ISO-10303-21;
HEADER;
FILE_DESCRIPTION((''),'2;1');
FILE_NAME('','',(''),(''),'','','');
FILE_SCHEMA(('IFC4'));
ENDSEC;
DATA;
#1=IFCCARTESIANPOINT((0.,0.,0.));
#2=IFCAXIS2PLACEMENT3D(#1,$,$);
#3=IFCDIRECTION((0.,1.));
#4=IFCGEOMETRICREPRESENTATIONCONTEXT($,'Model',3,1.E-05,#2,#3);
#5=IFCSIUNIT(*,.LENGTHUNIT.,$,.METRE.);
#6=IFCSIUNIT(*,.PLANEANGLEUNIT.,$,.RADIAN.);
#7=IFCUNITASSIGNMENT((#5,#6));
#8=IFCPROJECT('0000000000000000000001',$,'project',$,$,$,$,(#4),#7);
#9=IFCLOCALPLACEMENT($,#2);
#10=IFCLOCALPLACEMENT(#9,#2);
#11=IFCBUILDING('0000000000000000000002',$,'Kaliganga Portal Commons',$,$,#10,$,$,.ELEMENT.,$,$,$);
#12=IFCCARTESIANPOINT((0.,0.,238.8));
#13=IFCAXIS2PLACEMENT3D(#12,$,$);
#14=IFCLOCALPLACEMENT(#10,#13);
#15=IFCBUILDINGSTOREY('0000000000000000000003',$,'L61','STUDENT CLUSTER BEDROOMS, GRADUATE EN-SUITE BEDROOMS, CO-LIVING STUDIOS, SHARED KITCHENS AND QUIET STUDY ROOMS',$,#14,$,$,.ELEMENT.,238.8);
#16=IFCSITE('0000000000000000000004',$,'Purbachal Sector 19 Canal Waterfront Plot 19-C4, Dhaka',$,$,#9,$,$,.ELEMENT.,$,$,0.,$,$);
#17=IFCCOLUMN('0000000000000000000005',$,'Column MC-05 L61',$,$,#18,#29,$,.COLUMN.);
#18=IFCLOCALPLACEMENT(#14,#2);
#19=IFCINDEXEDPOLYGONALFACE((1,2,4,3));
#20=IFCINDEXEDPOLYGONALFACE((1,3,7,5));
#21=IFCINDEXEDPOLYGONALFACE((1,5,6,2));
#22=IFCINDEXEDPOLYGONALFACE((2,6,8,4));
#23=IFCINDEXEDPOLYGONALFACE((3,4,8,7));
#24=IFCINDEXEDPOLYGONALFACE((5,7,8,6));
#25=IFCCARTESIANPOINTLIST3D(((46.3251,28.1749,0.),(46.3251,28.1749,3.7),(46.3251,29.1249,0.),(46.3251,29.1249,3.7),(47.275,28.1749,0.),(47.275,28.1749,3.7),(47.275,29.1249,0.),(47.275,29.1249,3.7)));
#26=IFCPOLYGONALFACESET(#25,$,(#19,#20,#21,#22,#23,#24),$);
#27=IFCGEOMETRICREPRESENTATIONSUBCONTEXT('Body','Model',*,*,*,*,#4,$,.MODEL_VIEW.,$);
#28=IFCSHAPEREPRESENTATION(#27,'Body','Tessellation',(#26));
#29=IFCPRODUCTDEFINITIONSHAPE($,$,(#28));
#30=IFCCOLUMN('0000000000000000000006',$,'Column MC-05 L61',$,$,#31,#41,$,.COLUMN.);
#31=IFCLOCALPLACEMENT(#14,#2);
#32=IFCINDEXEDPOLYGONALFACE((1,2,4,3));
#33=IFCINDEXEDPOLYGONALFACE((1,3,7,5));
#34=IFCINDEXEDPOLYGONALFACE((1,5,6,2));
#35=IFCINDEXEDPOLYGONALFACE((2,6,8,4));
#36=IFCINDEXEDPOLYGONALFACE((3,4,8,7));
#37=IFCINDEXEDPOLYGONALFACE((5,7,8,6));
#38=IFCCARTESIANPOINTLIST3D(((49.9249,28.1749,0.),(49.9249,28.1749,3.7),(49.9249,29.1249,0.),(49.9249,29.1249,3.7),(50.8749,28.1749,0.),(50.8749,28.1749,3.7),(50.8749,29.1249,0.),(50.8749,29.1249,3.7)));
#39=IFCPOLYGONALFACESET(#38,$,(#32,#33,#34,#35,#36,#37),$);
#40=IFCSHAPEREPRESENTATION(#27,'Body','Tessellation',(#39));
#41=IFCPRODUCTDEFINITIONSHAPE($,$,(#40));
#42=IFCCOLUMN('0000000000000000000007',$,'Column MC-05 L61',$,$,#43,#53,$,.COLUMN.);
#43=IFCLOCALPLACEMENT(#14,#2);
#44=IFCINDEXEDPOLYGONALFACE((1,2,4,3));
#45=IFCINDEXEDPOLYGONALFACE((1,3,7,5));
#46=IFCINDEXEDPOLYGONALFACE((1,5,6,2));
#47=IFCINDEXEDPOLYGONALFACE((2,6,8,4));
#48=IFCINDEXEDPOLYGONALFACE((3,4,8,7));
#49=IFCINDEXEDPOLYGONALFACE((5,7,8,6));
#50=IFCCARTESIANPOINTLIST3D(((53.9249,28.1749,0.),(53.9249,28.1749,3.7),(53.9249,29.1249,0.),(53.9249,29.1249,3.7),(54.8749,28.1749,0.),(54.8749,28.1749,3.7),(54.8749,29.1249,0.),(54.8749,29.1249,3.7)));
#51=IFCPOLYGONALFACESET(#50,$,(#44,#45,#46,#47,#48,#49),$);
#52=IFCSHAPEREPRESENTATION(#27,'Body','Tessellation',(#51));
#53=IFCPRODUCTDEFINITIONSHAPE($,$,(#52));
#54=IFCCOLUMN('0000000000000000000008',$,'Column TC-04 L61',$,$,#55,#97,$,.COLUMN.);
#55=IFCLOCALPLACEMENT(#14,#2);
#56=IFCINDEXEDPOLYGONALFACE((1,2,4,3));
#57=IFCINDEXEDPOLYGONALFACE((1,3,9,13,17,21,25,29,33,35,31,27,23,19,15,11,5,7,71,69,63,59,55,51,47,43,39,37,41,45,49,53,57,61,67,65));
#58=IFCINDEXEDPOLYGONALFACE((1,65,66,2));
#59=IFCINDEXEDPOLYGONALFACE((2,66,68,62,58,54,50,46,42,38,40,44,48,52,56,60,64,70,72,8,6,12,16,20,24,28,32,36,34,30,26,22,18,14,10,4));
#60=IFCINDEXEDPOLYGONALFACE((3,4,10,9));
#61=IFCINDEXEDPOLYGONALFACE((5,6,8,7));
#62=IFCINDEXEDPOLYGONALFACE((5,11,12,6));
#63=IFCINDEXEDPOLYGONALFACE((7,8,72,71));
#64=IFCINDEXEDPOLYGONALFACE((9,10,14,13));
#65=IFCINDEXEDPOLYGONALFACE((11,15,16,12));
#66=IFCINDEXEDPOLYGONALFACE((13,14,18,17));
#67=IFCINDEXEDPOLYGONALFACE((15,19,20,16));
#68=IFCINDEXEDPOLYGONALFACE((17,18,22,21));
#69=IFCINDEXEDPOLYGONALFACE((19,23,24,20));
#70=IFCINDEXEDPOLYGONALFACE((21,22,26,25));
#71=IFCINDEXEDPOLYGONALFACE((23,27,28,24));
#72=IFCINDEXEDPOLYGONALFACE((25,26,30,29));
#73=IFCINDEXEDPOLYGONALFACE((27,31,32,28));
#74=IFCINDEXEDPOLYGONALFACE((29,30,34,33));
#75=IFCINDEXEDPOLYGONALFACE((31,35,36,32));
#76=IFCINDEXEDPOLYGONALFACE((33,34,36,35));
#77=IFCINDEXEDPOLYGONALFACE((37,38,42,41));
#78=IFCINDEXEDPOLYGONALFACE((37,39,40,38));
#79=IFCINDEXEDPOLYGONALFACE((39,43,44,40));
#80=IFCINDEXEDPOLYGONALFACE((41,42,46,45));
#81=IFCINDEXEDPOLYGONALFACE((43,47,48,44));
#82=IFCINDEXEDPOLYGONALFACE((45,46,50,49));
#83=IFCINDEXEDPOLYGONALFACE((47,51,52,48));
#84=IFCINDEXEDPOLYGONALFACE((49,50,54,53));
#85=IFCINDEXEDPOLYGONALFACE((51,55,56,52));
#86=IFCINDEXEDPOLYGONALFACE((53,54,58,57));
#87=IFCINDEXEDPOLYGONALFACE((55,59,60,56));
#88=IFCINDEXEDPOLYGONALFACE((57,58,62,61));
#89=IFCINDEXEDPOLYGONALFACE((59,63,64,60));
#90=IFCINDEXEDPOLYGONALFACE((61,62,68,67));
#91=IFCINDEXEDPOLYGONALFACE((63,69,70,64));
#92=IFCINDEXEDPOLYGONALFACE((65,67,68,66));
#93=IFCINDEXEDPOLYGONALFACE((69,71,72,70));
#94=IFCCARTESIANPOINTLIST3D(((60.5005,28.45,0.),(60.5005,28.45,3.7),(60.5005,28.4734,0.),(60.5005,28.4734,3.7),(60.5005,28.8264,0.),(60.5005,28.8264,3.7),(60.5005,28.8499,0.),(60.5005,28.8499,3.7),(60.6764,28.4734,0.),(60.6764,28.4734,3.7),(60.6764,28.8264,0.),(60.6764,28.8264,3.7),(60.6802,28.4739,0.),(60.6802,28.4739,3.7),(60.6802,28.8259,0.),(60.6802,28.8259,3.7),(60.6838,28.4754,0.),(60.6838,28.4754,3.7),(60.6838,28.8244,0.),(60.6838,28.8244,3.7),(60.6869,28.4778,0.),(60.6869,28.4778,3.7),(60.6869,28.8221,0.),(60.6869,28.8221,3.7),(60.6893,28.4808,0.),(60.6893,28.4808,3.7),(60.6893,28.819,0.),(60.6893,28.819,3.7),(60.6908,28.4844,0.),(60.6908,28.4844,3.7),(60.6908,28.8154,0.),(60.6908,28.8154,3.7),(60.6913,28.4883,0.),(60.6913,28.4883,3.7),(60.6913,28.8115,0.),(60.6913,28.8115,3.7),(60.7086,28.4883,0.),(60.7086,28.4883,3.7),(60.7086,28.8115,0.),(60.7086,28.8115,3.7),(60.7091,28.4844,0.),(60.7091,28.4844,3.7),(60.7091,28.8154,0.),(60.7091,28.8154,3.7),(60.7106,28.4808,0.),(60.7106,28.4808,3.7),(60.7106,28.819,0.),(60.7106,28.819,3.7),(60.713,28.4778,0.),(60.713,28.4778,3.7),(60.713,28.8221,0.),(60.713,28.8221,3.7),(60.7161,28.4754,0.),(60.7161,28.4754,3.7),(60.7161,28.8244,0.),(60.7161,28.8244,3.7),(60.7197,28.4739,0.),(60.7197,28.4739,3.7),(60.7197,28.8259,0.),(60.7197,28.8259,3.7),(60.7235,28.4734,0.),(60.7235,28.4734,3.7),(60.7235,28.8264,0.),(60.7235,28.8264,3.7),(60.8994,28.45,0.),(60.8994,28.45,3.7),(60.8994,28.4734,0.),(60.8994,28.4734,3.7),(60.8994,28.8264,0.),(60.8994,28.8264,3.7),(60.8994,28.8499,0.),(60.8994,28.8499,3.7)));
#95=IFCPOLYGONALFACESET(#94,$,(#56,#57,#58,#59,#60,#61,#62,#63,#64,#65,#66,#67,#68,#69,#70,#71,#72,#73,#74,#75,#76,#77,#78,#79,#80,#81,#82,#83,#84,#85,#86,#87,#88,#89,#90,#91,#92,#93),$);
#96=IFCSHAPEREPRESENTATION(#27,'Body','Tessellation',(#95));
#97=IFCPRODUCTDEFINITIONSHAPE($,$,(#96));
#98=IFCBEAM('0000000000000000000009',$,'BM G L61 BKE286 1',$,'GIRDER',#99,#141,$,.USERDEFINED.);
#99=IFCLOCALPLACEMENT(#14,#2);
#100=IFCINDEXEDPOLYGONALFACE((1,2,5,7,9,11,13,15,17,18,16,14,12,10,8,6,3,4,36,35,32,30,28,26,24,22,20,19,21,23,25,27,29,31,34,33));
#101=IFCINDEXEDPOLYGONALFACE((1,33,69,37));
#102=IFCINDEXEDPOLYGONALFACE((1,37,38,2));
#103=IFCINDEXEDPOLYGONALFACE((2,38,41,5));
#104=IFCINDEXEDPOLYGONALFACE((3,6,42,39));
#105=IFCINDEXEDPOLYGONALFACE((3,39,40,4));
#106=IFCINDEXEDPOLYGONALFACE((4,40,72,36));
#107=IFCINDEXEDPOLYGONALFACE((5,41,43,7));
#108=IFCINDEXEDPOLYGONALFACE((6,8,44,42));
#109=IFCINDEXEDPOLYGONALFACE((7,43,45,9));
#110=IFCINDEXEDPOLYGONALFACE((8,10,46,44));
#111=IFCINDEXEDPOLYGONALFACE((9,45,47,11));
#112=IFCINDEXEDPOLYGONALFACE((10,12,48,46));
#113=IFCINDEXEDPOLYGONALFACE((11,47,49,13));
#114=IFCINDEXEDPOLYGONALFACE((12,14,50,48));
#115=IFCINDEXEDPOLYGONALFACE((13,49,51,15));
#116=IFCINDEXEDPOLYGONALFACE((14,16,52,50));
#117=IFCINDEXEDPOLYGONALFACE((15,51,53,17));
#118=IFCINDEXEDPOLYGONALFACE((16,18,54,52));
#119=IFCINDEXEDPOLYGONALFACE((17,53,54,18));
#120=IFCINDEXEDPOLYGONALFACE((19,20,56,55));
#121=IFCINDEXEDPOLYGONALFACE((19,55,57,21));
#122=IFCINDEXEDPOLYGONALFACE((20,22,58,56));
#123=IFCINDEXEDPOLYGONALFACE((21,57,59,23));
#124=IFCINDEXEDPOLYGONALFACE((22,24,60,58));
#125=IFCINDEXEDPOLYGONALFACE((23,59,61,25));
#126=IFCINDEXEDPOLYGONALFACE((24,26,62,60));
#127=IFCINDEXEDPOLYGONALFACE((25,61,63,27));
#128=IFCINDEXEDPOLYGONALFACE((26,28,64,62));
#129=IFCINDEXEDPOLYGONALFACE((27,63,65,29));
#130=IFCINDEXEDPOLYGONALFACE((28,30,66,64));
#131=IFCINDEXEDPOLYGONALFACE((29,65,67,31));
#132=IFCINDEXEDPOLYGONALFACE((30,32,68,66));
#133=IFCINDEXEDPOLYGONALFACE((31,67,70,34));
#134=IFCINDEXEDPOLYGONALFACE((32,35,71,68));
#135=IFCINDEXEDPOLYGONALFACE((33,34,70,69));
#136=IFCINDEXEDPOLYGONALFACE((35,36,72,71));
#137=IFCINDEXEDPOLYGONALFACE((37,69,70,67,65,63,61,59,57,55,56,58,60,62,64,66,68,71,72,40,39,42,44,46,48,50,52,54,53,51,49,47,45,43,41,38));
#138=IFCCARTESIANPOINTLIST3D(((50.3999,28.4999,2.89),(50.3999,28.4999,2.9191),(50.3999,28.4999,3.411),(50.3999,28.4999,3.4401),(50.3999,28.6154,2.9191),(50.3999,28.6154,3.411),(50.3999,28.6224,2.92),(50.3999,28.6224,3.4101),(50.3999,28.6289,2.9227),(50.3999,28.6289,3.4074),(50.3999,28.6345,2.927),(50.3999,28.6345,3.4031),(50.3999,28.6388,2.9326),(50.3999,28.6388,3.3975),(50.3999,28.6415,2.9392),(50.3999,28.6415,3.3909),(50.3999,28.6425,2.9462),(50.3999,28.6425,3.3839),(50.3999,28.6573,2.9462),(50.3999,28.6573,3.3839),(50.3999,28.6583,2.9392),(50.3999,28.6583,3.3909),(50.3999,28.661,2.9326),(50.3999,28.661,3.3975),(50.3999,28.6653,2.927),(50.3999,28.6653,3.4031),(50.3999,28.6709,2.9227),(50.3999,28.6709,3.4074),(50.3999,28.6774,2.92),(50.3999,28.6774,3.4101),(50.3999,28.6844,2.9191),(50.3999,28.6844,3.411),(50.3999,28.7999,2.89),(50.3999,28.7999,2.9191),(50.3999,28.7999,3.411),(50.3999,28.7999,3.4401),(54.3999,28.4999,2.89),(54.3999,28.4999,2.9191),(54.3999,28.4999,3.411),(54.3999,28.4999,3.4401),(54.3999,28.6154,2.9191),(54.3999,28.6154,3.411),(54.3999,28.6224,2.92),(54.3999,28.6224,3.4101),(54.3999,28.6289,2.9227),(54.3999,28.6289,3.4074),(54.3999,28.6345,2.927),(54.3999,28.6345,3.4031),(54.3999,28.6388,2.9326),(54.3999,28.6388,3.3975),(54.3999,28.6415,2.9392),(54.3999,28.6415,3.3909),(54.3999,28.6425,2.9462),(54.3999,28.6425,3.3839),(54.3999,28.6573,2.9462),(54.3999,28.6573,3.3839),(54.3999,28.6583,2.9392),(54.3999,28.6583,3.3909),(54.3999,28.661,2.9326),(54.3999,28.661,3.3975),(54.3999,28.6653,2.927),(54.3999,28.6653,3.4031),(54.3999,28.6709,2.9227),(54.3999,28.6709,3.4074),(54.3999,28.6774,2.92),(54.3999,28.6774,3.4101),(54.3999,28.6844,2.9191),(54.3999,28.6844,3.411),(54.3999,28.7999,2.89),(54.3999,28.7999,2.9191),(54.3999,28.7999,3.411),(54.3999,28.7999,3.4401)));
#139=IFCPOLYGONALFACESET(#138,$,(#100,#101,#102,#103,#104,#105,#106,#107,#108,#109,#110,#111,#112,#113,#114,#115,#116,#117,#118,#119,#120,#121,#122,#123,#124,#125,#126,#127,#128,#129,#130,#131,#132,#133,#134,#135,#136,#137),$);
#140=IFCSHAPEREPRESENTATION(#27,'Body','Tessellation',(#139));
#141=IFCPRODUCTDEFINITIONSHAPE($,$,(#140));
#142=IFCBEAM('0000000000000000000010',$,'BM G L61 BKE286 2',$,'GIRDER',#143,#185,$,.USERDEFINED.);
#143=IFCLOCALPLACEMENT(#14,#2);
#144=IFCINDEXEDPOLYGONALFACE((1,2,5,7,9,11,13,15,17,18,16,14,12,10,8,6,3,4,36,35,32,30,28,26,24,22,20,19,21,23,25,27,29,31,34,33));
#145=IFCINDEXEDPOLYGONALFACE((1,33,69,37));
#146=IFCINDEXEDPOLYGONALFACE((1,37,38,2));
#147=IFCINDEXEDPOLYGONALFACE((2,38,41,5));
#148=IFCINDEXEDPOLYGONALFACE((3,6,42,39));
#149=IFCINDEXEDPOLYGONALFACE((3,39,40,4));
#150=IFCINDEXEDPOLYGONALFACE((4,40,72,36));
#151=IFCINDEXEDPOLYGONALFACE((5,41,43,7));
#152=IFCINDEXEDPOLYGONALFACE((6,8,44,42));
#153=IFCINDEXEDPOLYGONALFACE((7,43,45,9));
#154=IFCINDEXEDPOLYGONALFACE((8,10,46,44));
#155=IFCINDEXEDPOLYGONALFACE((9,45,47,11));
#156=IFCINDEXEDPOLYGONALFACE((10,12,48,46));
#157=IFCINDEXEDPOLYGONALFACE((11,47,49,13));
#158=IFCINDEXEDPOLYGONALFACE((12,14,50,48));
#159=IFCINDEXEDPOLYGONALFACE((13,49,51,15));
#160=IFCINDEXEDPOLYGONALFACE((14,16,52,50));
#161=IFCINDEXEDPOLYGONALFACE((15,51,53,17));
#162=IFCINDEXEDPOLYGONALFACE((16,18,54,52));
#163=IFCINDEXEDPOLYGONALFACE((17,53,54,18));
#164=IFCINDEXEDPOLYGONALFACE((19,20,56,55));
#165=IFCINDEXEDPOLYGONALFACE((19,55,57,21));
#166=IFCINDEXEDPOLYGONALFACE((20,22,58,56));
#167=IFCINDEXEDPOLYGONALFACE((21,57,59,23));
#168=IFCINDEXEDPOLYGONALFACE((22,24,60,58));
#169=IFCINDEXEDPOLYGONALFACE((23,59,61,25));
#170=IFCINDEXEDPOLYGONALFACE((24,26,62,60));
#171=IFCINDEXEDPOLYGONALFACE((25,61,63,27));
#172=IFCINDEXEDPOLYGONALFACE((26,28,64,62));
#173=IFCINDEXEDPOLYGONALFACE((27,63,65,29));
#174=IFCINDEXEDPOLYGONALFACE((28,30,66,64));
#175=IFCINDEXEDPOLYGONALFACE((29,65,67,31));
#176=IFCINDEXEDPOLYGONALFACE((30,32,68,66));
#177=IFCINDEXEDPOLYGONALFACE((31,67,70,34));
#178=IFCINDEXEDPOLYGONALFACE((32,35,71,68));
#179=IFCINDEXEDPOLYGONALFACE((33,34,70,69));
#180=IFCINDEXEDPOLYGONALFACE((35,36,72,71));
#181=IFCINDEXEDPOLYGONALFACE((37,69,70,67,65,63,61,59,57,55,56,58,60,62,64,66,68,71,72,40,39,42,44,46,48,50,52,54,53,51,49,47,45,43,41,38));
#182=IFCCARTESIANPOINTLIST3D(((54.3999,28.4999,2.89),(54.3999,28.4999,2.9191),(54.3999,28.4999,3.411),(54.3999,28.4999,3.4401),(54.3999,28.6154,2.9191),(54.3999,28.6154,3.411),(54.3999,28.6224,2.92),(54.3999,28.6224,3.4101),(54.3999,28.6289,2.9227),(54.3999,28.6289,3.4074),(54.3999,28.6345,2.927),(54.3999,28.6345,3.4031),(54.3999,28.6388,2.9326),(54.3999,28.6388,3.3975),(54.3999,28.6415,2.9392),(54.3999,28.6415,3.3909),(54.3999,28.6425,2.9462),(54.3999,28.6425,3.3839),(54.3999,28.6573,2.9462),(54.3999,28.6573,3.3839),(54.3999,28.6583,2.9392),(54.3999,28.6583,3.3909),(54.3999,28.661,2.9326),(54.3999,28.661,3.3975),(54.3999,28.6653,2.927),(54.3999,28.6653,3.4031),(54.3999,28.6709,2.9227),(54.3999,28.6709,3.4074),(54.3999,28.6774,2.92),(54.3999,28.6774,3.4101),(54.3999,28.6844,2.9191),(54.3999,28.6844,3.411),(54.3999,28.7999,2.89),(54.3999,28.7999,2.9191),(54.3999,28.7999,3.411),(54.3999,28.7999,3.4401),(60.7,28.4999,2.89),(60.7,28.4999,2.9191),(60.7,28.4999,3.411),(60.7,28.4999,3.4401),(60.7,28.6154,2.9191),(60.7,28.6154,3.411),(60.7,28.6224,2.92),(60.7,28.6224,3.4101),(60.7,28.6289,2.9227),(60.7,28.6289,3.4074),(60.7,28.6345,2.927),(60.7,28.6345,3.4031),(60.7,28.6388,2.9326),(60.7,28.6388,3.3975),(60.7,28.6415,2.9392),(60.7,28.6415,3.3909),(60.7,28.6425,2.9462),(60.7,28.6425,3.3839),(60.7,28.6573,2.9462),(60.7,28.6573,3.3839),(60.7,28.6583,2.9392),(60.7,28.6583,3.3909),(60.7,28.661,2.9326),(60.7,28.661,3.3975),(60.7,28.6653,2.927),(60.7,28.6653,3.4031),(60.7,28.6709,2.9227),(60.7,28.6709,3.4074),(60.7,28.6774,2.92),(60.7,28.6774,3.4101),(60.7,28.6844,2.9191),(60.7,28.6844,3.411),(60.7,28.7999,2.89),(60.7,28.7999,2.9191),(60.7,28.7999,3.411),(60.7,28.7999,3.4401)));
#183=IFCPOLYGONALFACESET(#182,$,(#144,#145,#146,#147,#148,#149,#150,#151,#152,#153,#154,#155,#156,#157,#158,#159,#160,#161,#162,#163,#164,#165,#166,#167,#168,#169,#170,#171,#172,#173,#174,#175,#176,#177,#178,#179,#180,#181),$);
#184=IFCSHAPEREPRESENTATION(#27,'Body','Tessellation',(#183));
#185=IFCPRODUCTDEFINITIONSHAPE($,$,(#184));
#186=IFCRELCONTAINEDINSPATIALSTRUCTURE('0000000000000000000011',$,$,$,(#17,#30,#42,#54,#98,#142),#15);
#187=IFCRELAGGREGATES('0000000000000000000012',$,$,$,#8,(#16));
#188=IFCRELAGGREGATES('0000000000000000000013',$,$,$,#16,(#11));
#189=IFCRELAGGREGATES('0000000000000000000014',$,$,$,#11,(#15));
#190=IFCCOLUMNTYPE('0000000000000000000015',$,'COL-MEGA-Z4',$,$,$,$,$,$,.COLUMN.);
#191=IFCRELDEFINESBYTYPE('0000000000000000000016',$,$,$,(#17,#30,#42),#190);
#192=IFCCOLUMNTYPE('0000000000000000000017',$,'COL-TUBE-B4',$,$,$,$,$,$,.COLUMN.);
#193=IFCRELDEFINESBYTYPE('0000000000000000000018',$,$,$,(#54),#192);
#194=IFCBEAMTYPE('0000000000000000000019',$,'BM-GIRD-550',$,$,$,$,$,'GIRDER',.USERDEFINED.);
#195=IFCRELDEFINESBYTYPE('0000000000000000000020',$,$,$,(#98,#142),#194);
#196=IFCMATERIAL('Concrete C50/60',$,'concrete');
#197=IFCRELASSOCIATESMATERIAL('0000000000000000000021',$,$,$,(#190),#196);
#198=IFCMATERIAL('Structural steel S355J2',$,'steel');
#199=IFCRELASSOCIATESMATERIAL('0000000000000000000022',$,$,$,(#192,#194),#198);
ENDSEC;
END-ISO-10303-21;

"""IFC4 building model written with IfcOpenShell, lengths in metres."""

from ifc_helpers import new_model, si_unit, direction, frame, origin, origin_2d, place, context, subcontext, project, spatial, rectangle, i_section, extrude, source, transform, mapped, material, material_profile, profile_set, type_object, element, save


model = new_model("IFC4")

# Units and contexts
model_context = context("Model", 3, precision=1e-05, world=origin(), true_north=direction((0.0, 1.0)))
body_context = subcontext(model_context, "Body", "Model", "MODEL_VIEW")
ifc_project = project(units=[si_unit("LENGTHUNIT", "METRE"), si_unit("PLANEANGLEUNIT", "RADIAN")], contexts=[model_context])

# Site, building, storey
site_placement = place(None, origin())
site = spatial("IfcSite", under=ifc_project, at=site_placement, Name="Purbachal Sector 19 Canal Waterfront Plot 19-C4, Dhaka", CompositionType="ELEMENT", RefElevation=0.0)
building_placement = place(site_placement, origin())
building = spatial("IfcBuilding", under=site, at=building_placement, Name="Kaliganga Portal Commons", CompositionType="ELEMENT")
storey_placement = place(building_placement, frame((0.0, 0.0, 238.8)))
storey = spatial("IfcBuildingStorey", under=building, at=storey_placement, Name="L61", Description="STUDENT CLUSTER BEDROOMS, GRADUATE EN-SUITE BEDROOMS, CO-LIVING STUDIOS, SHARED KITCHENS AND QUIET STUDY ROOMS", CompositionType="ELEMENT", Elevation=238.8)

# Columns
ifc_material_1 = material(Name="Concrete C50/60", Category="concrete")
ifc_material_profile_1 = material_profile(ifc_material_1, rectangle(XDim=0.95, YDim=0.95, at=origin_2d()), Name="RC 950x950")
ifc_profile_set_1 = profile_set([ifc_material_profile_1], Name="Concrete C50/60")
column_type_1 = type_object("IfcColumnType", Name="COL-MEGA-Z4", PredefinedType="COLUMN", material=ifc_profile_set_1)
shared_shape_1 = source(origin(), body_context, "Body", "SweptSolid", [
    extrude(rectangle(XDim=0.95, YDim=0.95, at=origin_2d()), origin(), (0.0, 0.0, 1.0), 3.7),
])
for number, where, z_axis, x_axis, name in (
    (1, (46.8, 28.6499, 0.0), (0.0, 0.0, 1.0), (1.0, 0.0, 0.0), "Column MC-05 L61"),
    (2, (50.3999, 28.6499, 0.0), (0.0, 0.0, 1.0), (1.0, 0.0, 0.0), "Column MC-05 L61"),
    (3, (54.3999, 28.6499, 0.0), (0.0, 0.0, 1.0), (1.0, 0.0, 0.0), "Column MC-05 L61"),
):
    element("IfcColumn", number, at=place(storey_placement, frame(where, z_axis=z_axis, x_axis=x_axis)), inside=storey, type_object=column_type_1, Name=name, PredefinedType="COLUMN", context=body_context, shape_type="MappedRepresentation", body=[
        mapped(shared_shape_1, transform((0.0, 0.0, 0.0), x_axis=(1.0, 0.0, 0.0), y_axis=(0.0, 1.0, 0.0), z_axis=(0.0, 0.0, 1.0), scale=1.0)),
    ])
ifc_material_2 = material(Name="Structural steel S355J2", Category="steel")
ifc_material_profile_2 = material_profile(ifc_material_2, i_section(OverallWidth=0.3989, OverallDepth=0.3999, WebThickness=0.0173, FlangeThickness=0.0234, FilletRadius=0.0149, at=origin_2d()), Name="HD 400x287")
ifc_profile_set_2 = profile_set([ifc_material_profile_2], Name="Structural steel S355J2 wide-flange")
column_type_2 = type_object("IfcColumnType", Name="COL-TUBE-B4", PredefinedType="COLUMN", material=ifc_profile_set_2)
shared_shape_2 = source(origin(), body_context, "Body", "SweptSolid", [
    extrude(i_section(OverallWidth=0.3989, OverallDepth=0.3999, WebThickness=0.0173, FlangeThickness=0.0234, FilletRadius=0.0149, at=origin_2d()), origin(), (0.0, 0.0, 1.0), 3.7),
])
column_placement = place(storey_placement, frame((60.7, 28.6499, 0.0), z_axis=(0.0, 0.0, 1.0), x_axis=(1.0, 0.0, 0.0)))
element("IfcColumn", 4, at=column_placement, inside=storey, type_object=column_type_2, Name="Column TC-04 L61", PredefinedType="COLUMN", context=body_context, shape_type="MappedRepresentation", body=[
    mapped(shared_shape_2, transform((0.0, 0.0, 0.0), x_axis=(1.0, 0.0, 0.0), y_axis=(0.0, 1.0, 0.0), z_axis=(0.0, 0.0, 1.0), scale=1.0)),
])

# Beams
ifc_material_profile_3 = material_profile(ifc_material_2, i_section(OverallWidth=0.3, OverallDepth=0.55, WebThickness=0.0149, FlangeThickness=0.0291, FilletRadius=0.0271, at=origin_2d()), Name="HE 550 B")
ifc_profile_set_3 = profile_set([ifc_material_profile_3], Name="Structural steel S355J2 wide-flange")
beam_type_1 = type_object("IfcBeamType", Name="BM-GIRD-550", ElementType="GIRDER", PredefinedType="USERDEFINED", material=ifc_profile_set_3)
shared_shape_3 = source(origin(), body_context, "Body", "SweptSolid", [
    extrude(i_section(OverallWidth=0.3, OverallDepth=0.55, WebThickness=0.0149, FlangeThickness=0.0291, FilletRadius=0.0271, at=origin_2d()), origin(), (0.0, 0.0, 1.0), 4.0),
])
beam_1_placement = place(storey_placement, frame((50.3999, 28.6499, 3.165), z_axis=(1.0, 0.0, 0.0), x_axis=(0.0, 1.0, 0.0)))
element("IfcBeam", 5, at=beam_1_placement, inside=storey, type_object=beam_type_1, Name="BM G L61 BKE286 1", ObjectType="GIRDER", PredefinedType="USERDEFINED", context=body_context, shape_type="MappedRepresentation", body=[
    mapped(shared_shape_3, transform((0.0, 0.0, 0.0), x_axis=(1.0, 0.0, 0.0), y_axis=(0.0, 1.0, 0.0), z_axis=(0.0, 0.0, 1.0), scale=1.0)),
])
shared_shape_4 = source(origin(), body_context, "Body", "SweptSolid", [
    extrude(i_section(OverallWidth=0.3, OverallDepth=0.55, WebThickness=0.0149, FlangeThickness=0.0291, FilletRadius=0.0271, at=origin_2d()), origin(), (0.0, 0.0, 1.0), 6.3),
])
beam_2_placement = place(storey_placement, frame((54.3999, 28.6499, 3.165), z_axis=(1.0, 0.0, 0.0), x_axis=(0.0, 1.0, 0.0)))
element("IfcBeam", 6, at=beam_2_placement, inside=storey, type_object=beam_type_1, Name="BM G L61 BKE286 2", ObjectType="GIRDER", PredefinedType="USERDEFINED", context=body_context, shape_type="MappedRepresentation", body=[
    mapped(shared_shape_4, transform((0.0, 0.0, 0.0), x_axis=(1.0, 0.0, 0.0), y_axis=(0.0, 1.0, 0.0), z_axis=(0.0, 0.0, 1.0), scale=1.0)),
])

save(model, "model.ifc")
